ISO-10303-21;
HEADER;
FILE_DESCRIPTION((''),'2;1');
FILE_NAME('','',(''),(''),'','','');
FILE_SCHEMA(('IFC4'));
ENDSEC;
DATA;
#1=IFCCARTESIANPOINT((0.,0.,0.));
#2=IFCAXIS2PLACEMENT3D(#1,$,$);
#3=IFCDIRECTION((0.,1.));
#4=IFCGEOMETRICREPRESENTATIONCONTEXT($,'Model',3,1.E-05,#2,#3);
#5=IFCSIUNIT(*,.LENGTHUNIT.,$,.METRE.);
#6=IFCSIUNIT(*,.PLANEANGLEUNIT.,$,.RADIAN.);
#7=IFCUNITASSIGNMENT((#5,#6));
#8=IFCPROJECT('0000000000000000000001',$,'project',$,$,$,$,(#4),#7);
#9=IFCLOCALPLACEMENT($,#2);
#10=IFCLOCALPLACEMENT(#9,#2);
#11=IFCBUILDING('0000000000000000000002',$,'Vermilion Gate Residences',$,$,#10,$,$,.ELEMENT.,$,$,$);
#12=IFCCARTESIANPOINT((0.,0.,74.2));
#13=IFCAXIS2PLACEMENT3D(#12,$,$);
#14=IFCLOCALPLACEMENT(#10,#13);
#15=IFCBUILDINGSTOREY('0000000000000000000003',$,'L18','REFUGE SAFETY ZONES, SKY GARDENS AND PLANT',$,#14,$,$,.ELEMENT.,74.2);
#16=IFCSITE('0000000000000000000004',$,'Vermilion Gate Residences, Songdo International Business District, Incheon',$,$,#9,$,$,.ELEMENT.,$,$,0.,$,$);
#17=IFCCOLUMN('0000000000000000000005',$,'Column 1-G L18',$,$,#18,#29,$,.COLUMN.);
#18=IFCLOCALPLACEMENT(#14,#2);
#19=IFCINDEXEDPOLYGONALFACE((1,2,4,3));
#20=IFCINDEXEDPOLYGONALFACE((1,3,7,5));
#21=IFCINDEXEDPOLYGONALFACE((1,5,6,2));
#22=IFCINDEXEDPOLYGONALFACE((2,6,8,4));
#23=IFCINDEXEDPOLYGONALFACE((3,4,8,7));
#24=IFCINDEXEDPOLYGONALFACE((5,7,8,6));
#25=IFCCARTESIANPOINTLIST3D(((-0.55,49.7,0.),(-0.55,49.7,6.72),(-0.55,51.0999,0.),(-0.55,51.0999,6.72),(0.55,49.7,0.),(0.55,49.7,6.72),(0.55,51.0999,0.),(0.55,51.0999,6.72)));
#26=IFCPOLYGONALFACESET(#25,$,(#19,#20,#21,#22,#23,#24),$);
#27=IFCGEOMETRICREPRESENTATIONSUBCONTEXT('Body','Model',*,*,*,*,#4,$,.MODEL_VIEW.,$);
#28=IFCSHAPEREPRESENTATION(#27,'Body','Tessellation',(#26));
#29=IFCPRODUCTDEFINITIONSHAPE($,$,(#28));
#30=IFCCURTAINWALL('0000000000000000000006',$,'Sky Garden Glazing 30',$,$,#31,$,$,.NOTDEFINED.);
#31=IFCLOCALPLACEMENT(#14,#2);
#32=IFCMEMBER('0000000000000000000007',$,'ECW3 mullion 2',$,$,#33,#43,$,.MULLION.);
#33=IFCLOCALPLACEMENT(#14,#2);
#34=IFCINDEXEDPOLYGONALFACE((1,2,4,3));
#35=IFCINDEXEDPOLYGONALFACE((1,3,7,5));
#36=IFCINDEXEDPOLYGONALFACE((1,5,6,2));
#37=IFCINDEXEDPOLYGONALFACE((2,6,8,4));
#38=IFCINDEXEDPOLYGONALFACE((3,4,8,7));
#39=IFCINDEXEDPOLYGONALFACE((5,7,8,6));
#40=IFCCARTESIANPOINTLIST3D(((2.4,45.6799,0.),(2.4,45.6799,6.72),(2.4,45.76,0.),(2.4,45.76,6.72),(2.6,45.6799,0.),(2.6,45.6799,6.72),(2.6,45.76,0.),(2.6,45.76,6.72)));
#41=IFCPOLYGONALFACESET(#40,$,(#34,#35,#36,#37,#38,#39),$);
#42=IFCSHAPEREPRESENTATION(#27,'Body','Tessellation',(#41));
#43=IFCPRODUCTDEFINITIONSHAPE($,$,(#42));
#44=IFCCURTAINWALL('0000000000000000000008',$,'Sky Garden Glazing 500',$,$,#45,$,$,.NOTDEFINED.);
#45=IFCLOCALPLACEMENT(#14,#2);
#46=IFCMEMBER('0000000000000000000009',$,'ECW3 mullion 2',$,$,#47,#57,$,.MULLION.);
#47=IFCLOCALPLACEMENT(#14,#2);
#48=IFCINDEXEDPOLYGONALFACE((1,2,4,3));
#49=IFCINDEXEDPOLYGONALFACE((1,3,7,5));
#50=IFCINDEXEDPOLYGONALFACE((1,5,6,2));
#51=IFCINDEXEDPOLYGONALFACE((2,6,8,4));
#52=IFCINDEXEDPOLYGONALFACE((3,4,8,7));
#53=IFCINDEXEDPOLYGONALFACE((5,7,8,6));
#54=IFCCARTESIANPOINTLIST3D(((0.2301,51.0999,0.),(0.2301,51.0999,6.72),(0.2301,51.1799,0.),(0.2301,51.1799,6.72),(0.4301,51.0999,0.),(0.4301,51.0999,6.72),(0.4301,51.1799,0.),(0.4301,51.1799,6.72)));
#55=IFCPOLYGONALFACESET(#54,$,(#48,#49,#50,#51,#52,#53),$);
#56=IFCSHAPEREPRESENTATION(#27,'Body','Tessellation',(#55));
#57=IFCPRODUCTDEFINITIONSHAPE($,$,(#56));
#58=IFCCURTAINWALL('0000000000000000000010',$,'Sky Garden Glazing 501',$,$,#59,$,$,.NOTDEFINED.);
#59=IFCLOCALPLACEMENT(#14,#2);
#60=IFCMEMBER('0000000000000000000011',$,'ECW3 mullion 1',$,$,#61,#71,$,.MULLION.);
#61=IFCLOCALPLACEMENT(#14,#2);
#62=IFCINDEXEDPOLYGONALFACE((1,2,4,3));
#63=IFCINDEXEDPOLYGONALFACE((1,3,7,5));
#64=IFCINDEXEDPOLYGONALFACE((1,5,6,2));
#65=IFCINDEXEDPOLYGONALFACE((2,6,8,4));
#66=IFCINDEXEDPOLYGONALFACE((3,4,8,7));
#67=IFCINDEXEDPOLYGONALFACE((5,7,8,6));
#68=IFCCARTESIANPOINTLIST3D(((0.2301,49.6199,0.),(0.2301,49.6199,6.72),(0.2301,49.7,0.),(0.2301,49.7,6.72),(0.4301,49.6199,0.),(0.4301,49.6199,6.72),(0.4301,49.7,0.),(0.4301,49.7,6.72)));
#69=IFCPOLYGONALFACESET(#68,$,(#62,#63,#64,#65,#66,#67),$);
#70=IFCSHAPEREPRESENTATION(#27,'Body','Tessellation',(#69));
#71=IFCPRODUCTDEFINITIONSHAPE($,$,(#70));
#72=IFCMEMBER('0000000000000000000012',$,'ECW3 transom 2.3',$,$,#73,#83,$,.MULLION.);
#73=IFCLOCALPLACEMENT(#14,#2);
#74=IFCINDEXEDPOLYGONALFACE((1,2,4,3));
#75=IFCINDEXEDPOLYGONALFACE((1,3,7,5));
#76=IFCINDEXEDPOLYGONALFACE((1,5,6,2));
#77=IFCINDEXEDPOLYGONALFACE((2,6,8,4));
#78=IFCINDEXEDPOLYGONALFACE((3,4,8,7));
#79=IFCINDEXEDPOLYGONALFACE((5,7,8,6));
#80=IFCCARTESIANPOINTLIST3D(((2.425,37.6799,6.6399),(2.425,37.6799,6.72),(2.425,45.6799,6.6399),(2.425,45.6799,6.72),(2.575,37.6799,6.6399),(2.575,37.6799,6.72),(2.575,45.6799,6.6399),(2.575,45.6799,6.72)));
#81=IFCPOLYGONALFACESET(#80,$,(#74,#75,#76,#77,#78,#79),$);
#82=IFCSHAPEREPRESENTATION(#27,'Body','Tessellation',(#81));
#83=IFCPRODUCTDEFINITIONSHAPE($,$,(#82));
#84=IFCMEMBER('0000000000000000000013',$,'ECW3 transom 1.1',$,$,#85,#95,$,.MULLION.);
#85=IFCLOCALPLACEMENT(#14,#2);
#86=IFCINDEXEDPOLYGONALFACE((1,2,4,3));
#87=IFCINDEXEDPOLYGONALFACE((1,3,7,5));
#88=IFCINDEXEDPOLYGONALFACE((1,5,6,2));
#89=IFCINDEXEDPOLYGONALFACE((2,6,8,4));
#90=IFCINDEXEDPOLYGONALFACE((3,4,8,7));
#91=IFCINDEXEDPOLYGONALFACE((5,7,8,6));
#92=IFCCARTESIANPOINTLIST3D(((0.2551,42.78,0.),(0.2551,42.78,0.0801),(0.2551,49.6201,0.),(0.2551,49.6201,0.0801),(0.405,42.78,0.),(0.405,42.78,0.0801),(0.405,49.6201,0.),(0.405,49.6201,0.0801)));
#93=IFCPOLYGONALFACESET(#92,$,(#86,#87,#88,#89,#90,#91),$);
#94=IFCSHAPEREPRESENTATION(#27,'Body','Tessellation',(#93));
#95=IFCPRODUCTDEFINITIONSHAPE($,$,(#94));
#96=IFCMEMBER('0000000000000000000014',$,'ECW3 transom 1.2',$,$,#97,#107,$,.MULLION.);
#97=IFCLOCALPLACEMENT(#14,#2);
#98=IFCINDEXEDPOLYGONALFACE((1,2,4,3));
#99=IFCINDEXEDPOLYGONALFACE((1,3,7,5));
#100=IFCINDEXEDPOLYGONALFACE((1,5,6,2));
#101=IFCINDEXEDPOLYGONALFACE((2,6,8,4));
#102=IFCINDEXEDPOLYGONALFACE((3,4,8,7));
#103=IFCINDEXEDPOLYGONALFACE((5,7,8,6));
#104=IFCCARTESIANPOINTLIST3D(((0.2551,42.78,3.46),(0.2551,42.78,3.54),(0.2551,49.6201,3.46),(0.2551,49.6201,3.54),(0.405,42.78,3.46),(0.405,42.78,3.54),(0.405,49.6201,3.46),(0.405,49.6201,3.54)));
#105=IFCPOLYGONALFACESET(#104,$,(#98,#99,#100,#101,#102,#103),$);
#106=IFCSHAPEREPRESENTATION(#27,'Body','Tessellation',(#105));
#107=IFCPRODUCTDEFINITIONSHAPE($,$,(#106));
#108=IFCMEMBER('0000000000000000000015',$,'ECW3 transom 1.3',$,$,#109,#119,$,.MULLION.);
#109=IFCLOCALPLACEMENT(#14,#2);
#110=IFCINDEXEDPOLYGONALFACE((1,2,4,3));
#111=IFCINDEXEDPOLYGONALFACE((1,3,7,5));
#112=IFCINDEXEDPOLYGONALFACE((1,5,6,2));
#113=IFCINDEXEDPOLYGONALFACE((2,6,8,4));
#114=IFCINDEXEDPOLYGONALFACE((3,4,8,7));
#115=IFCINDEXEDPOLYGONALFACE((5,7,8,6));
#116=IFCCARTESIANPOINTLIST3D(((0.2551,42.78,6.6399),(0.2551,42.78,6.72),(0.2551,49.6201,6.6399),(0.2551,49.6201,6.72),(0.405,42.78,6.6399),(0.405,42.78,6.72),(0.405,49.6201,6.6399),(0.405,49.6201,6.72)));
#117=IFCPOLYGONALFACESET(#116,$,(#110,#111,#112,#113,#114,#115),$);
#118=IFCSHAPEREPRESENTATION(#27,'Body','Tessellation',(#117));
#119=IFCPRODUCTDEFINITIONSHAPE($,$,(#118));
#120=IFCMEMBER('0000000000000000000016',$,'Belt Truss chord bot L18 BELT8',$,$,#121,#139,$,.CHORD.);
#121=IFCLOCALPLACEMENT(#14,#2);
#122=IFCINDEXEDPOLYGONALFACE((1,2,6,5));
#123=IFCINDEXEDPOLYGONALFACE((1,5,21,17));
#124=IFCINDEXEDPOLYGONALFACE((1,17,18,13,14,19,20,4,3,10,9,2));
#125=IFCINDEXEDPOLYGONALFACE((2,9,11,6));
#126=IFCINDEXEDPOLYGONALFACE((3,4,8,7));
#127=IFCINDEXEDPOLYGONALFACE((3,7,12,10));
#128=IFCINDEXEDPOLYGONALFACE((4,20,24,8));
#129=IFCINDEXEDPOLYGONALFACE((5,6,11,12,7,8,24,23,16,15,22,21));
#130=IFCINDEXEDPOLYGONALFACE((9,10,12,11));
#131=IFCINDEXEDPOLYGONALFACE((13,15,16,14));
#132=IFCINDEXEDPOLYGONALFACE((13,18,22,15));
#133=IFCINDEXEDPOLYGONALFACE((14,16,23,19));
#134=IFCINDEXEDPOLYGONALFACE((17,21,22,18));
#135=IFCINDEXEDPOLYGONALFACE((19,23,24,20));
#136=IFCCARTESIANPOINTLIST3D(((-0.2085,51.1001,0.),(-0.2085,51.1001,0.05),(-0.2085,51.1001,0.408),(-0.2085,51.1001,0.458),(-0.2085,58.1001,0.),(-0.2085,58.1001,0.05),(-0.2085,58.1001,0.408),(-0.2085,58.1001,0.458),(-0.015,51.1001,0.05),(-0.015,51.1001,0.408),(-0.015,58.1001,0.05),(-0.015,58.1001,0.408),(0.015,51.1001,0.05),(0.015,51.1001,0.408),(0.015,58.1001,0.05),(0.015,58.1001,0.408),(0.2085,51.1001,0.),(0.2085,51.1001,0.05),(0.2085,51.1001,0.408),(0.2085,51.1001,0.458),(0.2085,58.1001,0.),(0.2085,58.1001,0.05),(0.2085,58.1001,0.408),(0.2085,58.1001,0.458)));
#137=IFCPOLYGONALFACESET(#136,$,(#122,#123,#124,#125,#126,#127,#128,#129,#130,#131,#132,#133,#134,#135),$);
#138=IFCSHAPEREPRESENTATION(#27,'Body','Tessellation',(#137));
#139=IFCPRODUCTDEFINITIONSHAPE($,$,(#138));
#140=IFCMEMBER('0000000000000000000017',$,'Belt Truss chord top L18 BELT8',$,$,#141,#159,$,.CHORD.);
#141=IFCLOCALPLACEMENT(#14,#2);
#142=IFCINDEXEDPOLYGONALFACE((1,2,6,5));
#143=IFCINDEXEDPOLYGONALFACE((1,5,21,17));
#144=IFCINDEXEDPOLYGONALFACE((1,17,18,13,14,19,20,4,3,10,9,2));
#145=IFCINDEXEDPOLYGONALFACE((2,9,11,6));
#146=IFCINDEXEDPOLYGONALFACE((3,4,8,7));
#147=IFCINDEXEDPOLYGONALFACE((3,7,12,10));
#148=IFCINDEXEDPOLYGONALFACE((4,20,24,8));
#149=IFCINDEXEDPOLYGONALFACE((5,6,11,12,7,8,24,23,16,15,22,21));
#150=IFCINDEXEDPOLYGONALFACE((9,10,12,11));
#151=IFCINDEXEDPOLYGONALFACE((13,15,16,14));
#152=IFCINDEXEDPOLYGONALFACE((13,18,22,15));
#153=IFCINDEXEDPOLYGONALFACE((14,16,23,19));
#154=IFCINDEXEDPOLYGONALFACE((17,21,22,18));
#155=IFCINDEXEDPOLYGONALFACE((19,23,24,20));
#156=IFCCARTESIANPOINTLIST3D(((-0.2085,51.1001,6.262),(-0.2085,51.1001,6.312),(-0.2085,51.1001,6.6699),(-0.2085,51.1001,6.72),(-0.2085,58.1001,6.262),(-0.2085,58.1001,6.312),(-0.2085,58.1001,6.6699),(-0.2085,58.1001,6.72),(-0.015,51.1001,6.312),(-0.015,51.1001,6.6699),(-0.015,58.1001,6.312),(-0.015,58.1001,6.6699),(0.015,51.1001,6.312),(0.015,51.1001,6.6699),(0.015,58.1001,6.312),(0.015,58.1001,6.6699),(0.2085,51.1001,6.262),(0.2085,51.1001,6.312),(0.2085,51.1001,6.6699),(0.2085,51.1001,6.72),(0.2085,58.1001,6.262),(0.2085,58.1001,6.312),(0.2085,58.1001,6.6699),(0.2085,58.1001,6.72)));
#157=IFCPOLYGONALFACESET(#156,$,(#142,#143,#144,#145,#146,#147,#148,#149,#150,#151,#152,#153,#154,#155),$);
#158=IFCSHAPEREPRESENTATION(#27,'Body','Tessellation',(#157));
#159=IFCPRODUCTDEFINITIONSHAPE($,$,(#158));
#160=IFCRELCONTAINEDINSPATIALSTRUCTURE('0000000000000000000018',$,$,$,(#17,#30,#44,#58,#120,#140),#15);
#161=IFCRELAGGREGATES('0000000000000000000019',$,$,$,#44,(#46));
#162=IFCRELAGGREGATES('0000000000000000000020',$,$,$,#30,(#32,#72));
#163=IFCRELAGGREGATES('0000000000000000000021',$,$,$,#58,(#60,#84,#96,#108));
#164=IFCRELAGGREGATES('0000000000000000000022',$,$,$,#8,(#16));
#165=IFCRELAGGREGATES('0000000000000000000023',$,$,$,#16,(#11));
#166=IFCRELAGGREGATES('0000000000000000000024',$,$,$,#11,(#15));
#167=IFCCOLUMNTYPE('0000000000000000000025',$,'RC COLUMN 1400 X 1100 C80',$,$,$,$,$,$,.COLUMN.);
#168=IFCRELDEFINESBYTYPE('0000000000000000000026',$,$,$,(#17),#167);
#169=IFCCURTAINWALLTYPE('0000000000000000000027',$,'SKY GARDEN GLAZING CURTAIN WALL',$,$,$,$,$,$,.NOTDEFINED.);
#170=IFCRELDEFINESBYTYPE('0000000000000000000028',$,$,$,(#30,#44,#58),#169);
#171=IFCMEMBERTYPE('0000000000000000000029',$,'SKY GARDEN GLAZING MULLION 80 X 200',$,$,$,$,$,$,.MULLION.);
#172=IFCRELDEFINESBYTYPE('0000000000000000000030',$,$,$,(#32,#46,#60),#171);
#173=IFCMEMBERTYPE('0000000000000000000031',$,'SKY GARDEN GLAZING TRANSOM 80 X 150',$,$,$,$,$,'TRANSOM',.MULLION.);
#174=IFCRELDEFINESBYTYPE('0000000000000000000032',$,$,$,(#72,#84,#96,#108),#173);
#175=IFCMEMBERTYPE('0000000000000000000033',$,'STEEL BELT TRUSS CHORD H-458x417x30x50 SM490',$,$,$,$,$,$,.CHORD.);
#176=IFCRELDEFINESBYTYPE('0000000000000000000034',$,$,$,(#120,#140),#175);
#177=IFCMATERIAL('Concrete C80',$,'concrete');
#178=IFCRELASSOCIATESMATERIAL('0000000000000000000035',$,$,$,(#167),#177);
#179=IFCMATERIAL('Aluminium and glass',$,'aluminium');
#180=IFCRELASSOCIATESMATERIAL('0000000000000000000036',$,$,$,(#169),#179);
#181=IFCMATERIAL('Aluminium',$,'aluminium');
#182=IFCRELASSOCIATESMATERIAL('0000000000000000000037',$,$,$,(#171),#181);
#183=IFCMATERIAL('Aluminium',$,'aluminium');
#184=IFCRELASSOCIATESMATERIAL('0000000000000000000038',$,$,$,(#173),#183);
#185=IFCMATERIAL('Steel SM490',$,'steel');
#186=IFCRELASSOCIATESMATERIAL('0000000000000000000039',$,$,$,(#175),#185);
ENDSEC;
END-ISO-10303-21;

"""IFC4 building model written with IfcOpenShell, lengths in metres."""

from ifc_helpers import new_model, si_unit, direction, frame, origin, origin_2d, place, context, subcontext, project, spatial, rectangle, i_section, extrude, material, material_profile, profile_set, type_object, element, aggregate, save


model = new_model("IFC4")

# Units and contexts
model_context = context("Model", 3, precision=1e-05, world=origin(), true_north=direction((0.0, 1.0)))
body_context = subcontext(model_context, "Body", "Model", "MODEL_VIEW")
ifc_project = project(units=[si_unit("LENGTHUNIT", "METRE"), si_unit("PLANEANGLEUNIT", "RADIAN")], contexts=[model_context])

# Site, building, storey
site_placement = place(None, origin())
site = spatial("IfcSite", under=ifc_project, at=site_placement, Name="Vermilion Gate Residences, Songdo International Business District, Incheon", CompositionType="ELEMENT", RefElevation=0.0)
building_placement = place(site_placement, origin())
building = spatial("IfcBuilding", under=site, at=building_placement, Name="Vermilion Gate Residences", CompositionType="ELEMENT")
storey_placement = place(building_placement, frame((0.0, 0.0, 74.2)))
storey = spatial("IfcBuildingStorey", under=building, at=storey_placement, Name="L18", Description="REFUGE SAFETY ZONES, SKY GARDENS AND PLANT", CompositionType="ELEMENT", Elevation=74.2)

# Column
ifc_material_1 = material(Name="Concrete C80", Category="concrete")
ifc_material_profile_1 = material_profile(ifc_material_1, rectangle(XDim=1.3999, YDim=1.1001, at=origin_2d()), Name="RC-1400x1100")
ifc_profile_set_1 = profile_set([ifc_material_profile_1], Name="Concrete C80")
column_type = type_object("IfcColumnType", Name="RC COLUMN 1400 X 1100 C80", PredefinedType="COLUMN", material=ifc_profile_set_1)
column_placement = place(storey_placement, frame((0.0, 50.3999, 0.0), z_axis=(0.0, 0.0, 1.0), x_axis=(0.0, 1.0, 0.0)))
element("IfcColumn", 1, at=column_placement, inside=storey, type_object=column_type, Name="Column 1-G L18", PredefinedType="COLUMN", context=body_context, shape_type="SweptSolid", body=[
    extrude(rectangle(XDim=1.3999, YDim=1.1001, at=origin_2d()), origin(), (0.0, 0.0, 1.0), 6.72),
])

# Curtain walls, members
ifc_material_2 = material(Name="Aluminium and glass", Category="aluminium")
curtain_wall_type = type_object("IfcCurtainWallType", Name="SKY GARDEN GLAZING CURTAIN WALL", PredefinedType="NOTDEFINED", material=ifc_material_2)
curtain_wall_1_placement = place(storey_placement, origin())
curtain_wall_1 = element("IfcCurtainWall", 2, at=curtain_wall_1_placement, inside=storey, type_object=curtain_wall_type, Name="Sky Garden Glazing 30", PredefinedType="NOTDEFINED")
ifc_material_3 = material(Name="Aluminium", Category="aluminium")
ifc_material_profile_2 = material_profile(ifc_material_3, rectangle(XDim=0.2, YDim=0.0801, at=origin_2d()), Name="MULLION 80 X 200")
ifc_profile_set_2 = profile_set([ifc_material_profile_2], Name="Aluminium")
member_type_1 = type_object("IfcMemberType", Name="SKY GARDEN GLAZING MULLION 80 X 200", PredefinedType="MULLION", material=ifc_profile_set_2)
member_1_placement = place(storey_placement, frame((2.5, 45.72, 0.0), z_axis=(0.0, 0.0, 1.0), x_axis=(1.0, 0.0, 0.0)))
member_1 = element("IfcMember", 3, at=member_1_placement, type_object=member_type_1, Name="ECW3 mullion 2", PredefinedType="MULLION", context=body_context, shape_type="SweptSolid", body=[
    extrude(rectangle(XDim=0.2, YDim=0.0801, at=origin_2d()), origin(), (0.0, 0.0, 1.0), 6.72),
])
curtain_wall_2_placement = place(storey_placement, origin())
curtain_wall_2 = element("IfcCurtainWall", 4, at=curtain_wall_2_placement, inside=storey, type_object=curtain_wall_type, Name="Sky Garden Glazing 500", PredefinedType="NOTDEFINED")
member_2_placement = place(storey_placement, frame((0.3301, 51.1399, 0.0), z_axis=(0.0, 0.0, 1.0), x_axis=(1.0, 0.0, 0.0)))
member_2 = element("IfcMember", 5, at=member_2_placement, type_object=member_type_1, Name="ECW3 mullion 2", PredefinedType="MULLION", context=body_context, shape_type="SweptSolid", body=[
    extrude(rectangle(XDim=0.2, YDim=0.0801, at=origin_2d()), origin(), (0.0, 0.0, 1.0), 6.72),
])
aggregate(curtain_wall_2, [member_2])
curtain_wall_3_placement = place(storey_placement, origin())
curtain_wall_3 = element("IfcCurtainWall", 6, at=curtain_wall_3_placement, inside=storey, type_object=curtain_wall_type, Name="Sky Garden Glazing 501", PredefinedType="NOTDEFINED")
member_3_placement = place(storey_placement, frame((0.3301, 49.6599, 0.0), z_axis=(0.0, 0.0, 1.0), x_axis=(1.0, 0.0, 0.0)))
member_3 = element("IfcMember", 7, at=member_3_placement, type_object=member_type_1, Name="ECW3 mullion 1", PredefinedType="MULLION", context=body_context, shape_type="SweptSolid", body=[
    extrude(rectangle(XDim=0.2, YDim=0.0801, at=origin_2d()), origin(), (0.0, 0.0, 1.0), 6.72),
])

# Members
ifc_material_4 = material(Name="Aluminium", Category="aluminium")
ifc_material_profile_3 = material_profile(ifc_material_4, rectangle(XDim=0.1499, YDim=0.0801, at=origin_2d()), Name="TRANSOM 80 X 150")
ifc_profile_set_3 = profile_set([ifc_material_profile_3], Name="Aluminium")
member_type_2 = type_object("IfcMemberType", Name="SKY GARDEN GLAZING TRANSOM 80 X 150", ElementType="TRANSOM", PredefinedType="MULLION", material=ifc_profile_set_3)
member_4_placement = place(storey_placement, frame((2.5, 45.6799, 6.6799), z_axis=(0.0, -1.0, 0.0), x_axis=(1.0, 0.0, 0.0)))
member_4 = element("IfcMember", 8, at=member_4_placement, type_object=member_type_2, Name="ECW3 transom 2.3", PredefinedType="MULLION", context=body_context, shape_type="SweptSolid", body=[
    extrude(rectangle(XDim=0.1499, YDim=0.0801, at=origin_2d()), origin(), (0.0, 0.0, 1.0), 8.0),
])
member_5_placement = place(storey_placement, frame((0.3301, 49.6201, 0.04), z_axis=(0.0, -1.0, 0.0), x_axis=(1.0, 0.0, 0.0)))
member_5 = element("IfcMember", 9, at=member_5_placement, type_object=member_type_2, Name="ECW3 transom 1.1", PredefinedType="MULLION", context=body_context, shape_type="SweptSolid", body=[
    extrude(rectangle(XDim=0.1499, YDim=0.0801, at=origin_2d()), origin(), (0.0, 0.0, 1.0), 6.8401),
])
member_6_placement = place(storey_placement, frame((0.3301, 49.6201, 3.5), z_axis=(0.0, -1.0, 0.0), x_axis=(1.0, 0.0, 0.0)))
member_6 = element("IfcMember", 10, at=member_6_placement, type_object=member_type_2, Name="ECW3 transom 1.2", PredefinedType="MULLION", context=body_context, shape_type="SweptSolid", body=[
    extrude(rectangle(XDim=0.1499, YDim=0.0801, at=origin_2d()), origin(), (0.0, 0.0, 1.0), 6.8401),
])
member_7_placement = place(storey_placement, frame((0.3301, 49.6201, 6.6799), z_axis=(0.0, -1.0, 0.0), x_axis=(1.0, 0.0, 0.0)))
member_7 = element("IfcMember", 11, at=member_7_placement, type_object=member_type_2, Name="ECW3 transom 1.3", PredefinedType="MULLION", context=body_context, shape_type="SweptSolid", body=[
    extrude(rectangle(XDim=0.1499, YDim=0.0801, at=origin_2d()), origin(), (0.0, 0.0, 1.0), 6.8401),
])

# Members
ifc_material_5 = material(Name="Steel SM490", Category="steel")
ifc_material_profile_4 = material_profile(ifc_material_5, i_section(OverallWidth=0.417, OverallDepth=0.458, WebThickness=0.03, FlangeThickness=0.05, at=origin_2d()), Name="H-458x417x30x50")
ifc_profile_set_4 = profile_set([ifc_material_profile_4], Name="Steel SM490")
member_type_3 = type_object("IfcMemberType", Name="STEEL BELT TRUSS CHORD H-458x417x30x50 SM490", PredefinedType="CHORD", material=ifc_profile_set_4)
for number, where, z_axis, x_axis, name in (
    (12, (0.0, 51.1001, 0.229), (0.0, 1.0, 0.0), (-1.0, 0.0, 0.0), "Belt Truss chord bot L18 BELT8"),
    (13, (0.0, 51.1001, 6.491), (0.0, 1.0, 0.0), (-1.0, 0.0, 0.0), "Belt Truss chord top L18 BELT8"),
):
    element("IfcMember", number, at=place(storey_placement, frame(where, z_axis=z_axis, x_axis=x_axis)), inside=storey, type_object=member_type_3, Name=name, PredefinedType="CHORD", context=body_context, shape_type="SweptSolid", body=[
        extrude(i_section(OverallWidth=0.417, OverallDepth=0.458, WebThickness=0.03, FlangeThickness=0.05, at=origin_2d()), origin(), (0.0, 0.0, 1.0), 7.0),
    ])

aggregate(curtain_wall_1, [member_1, member_4])
aggregate(curtain_wall_3, [member_3, member_5, member_6, member_7])

save(model, "model.ifc")
